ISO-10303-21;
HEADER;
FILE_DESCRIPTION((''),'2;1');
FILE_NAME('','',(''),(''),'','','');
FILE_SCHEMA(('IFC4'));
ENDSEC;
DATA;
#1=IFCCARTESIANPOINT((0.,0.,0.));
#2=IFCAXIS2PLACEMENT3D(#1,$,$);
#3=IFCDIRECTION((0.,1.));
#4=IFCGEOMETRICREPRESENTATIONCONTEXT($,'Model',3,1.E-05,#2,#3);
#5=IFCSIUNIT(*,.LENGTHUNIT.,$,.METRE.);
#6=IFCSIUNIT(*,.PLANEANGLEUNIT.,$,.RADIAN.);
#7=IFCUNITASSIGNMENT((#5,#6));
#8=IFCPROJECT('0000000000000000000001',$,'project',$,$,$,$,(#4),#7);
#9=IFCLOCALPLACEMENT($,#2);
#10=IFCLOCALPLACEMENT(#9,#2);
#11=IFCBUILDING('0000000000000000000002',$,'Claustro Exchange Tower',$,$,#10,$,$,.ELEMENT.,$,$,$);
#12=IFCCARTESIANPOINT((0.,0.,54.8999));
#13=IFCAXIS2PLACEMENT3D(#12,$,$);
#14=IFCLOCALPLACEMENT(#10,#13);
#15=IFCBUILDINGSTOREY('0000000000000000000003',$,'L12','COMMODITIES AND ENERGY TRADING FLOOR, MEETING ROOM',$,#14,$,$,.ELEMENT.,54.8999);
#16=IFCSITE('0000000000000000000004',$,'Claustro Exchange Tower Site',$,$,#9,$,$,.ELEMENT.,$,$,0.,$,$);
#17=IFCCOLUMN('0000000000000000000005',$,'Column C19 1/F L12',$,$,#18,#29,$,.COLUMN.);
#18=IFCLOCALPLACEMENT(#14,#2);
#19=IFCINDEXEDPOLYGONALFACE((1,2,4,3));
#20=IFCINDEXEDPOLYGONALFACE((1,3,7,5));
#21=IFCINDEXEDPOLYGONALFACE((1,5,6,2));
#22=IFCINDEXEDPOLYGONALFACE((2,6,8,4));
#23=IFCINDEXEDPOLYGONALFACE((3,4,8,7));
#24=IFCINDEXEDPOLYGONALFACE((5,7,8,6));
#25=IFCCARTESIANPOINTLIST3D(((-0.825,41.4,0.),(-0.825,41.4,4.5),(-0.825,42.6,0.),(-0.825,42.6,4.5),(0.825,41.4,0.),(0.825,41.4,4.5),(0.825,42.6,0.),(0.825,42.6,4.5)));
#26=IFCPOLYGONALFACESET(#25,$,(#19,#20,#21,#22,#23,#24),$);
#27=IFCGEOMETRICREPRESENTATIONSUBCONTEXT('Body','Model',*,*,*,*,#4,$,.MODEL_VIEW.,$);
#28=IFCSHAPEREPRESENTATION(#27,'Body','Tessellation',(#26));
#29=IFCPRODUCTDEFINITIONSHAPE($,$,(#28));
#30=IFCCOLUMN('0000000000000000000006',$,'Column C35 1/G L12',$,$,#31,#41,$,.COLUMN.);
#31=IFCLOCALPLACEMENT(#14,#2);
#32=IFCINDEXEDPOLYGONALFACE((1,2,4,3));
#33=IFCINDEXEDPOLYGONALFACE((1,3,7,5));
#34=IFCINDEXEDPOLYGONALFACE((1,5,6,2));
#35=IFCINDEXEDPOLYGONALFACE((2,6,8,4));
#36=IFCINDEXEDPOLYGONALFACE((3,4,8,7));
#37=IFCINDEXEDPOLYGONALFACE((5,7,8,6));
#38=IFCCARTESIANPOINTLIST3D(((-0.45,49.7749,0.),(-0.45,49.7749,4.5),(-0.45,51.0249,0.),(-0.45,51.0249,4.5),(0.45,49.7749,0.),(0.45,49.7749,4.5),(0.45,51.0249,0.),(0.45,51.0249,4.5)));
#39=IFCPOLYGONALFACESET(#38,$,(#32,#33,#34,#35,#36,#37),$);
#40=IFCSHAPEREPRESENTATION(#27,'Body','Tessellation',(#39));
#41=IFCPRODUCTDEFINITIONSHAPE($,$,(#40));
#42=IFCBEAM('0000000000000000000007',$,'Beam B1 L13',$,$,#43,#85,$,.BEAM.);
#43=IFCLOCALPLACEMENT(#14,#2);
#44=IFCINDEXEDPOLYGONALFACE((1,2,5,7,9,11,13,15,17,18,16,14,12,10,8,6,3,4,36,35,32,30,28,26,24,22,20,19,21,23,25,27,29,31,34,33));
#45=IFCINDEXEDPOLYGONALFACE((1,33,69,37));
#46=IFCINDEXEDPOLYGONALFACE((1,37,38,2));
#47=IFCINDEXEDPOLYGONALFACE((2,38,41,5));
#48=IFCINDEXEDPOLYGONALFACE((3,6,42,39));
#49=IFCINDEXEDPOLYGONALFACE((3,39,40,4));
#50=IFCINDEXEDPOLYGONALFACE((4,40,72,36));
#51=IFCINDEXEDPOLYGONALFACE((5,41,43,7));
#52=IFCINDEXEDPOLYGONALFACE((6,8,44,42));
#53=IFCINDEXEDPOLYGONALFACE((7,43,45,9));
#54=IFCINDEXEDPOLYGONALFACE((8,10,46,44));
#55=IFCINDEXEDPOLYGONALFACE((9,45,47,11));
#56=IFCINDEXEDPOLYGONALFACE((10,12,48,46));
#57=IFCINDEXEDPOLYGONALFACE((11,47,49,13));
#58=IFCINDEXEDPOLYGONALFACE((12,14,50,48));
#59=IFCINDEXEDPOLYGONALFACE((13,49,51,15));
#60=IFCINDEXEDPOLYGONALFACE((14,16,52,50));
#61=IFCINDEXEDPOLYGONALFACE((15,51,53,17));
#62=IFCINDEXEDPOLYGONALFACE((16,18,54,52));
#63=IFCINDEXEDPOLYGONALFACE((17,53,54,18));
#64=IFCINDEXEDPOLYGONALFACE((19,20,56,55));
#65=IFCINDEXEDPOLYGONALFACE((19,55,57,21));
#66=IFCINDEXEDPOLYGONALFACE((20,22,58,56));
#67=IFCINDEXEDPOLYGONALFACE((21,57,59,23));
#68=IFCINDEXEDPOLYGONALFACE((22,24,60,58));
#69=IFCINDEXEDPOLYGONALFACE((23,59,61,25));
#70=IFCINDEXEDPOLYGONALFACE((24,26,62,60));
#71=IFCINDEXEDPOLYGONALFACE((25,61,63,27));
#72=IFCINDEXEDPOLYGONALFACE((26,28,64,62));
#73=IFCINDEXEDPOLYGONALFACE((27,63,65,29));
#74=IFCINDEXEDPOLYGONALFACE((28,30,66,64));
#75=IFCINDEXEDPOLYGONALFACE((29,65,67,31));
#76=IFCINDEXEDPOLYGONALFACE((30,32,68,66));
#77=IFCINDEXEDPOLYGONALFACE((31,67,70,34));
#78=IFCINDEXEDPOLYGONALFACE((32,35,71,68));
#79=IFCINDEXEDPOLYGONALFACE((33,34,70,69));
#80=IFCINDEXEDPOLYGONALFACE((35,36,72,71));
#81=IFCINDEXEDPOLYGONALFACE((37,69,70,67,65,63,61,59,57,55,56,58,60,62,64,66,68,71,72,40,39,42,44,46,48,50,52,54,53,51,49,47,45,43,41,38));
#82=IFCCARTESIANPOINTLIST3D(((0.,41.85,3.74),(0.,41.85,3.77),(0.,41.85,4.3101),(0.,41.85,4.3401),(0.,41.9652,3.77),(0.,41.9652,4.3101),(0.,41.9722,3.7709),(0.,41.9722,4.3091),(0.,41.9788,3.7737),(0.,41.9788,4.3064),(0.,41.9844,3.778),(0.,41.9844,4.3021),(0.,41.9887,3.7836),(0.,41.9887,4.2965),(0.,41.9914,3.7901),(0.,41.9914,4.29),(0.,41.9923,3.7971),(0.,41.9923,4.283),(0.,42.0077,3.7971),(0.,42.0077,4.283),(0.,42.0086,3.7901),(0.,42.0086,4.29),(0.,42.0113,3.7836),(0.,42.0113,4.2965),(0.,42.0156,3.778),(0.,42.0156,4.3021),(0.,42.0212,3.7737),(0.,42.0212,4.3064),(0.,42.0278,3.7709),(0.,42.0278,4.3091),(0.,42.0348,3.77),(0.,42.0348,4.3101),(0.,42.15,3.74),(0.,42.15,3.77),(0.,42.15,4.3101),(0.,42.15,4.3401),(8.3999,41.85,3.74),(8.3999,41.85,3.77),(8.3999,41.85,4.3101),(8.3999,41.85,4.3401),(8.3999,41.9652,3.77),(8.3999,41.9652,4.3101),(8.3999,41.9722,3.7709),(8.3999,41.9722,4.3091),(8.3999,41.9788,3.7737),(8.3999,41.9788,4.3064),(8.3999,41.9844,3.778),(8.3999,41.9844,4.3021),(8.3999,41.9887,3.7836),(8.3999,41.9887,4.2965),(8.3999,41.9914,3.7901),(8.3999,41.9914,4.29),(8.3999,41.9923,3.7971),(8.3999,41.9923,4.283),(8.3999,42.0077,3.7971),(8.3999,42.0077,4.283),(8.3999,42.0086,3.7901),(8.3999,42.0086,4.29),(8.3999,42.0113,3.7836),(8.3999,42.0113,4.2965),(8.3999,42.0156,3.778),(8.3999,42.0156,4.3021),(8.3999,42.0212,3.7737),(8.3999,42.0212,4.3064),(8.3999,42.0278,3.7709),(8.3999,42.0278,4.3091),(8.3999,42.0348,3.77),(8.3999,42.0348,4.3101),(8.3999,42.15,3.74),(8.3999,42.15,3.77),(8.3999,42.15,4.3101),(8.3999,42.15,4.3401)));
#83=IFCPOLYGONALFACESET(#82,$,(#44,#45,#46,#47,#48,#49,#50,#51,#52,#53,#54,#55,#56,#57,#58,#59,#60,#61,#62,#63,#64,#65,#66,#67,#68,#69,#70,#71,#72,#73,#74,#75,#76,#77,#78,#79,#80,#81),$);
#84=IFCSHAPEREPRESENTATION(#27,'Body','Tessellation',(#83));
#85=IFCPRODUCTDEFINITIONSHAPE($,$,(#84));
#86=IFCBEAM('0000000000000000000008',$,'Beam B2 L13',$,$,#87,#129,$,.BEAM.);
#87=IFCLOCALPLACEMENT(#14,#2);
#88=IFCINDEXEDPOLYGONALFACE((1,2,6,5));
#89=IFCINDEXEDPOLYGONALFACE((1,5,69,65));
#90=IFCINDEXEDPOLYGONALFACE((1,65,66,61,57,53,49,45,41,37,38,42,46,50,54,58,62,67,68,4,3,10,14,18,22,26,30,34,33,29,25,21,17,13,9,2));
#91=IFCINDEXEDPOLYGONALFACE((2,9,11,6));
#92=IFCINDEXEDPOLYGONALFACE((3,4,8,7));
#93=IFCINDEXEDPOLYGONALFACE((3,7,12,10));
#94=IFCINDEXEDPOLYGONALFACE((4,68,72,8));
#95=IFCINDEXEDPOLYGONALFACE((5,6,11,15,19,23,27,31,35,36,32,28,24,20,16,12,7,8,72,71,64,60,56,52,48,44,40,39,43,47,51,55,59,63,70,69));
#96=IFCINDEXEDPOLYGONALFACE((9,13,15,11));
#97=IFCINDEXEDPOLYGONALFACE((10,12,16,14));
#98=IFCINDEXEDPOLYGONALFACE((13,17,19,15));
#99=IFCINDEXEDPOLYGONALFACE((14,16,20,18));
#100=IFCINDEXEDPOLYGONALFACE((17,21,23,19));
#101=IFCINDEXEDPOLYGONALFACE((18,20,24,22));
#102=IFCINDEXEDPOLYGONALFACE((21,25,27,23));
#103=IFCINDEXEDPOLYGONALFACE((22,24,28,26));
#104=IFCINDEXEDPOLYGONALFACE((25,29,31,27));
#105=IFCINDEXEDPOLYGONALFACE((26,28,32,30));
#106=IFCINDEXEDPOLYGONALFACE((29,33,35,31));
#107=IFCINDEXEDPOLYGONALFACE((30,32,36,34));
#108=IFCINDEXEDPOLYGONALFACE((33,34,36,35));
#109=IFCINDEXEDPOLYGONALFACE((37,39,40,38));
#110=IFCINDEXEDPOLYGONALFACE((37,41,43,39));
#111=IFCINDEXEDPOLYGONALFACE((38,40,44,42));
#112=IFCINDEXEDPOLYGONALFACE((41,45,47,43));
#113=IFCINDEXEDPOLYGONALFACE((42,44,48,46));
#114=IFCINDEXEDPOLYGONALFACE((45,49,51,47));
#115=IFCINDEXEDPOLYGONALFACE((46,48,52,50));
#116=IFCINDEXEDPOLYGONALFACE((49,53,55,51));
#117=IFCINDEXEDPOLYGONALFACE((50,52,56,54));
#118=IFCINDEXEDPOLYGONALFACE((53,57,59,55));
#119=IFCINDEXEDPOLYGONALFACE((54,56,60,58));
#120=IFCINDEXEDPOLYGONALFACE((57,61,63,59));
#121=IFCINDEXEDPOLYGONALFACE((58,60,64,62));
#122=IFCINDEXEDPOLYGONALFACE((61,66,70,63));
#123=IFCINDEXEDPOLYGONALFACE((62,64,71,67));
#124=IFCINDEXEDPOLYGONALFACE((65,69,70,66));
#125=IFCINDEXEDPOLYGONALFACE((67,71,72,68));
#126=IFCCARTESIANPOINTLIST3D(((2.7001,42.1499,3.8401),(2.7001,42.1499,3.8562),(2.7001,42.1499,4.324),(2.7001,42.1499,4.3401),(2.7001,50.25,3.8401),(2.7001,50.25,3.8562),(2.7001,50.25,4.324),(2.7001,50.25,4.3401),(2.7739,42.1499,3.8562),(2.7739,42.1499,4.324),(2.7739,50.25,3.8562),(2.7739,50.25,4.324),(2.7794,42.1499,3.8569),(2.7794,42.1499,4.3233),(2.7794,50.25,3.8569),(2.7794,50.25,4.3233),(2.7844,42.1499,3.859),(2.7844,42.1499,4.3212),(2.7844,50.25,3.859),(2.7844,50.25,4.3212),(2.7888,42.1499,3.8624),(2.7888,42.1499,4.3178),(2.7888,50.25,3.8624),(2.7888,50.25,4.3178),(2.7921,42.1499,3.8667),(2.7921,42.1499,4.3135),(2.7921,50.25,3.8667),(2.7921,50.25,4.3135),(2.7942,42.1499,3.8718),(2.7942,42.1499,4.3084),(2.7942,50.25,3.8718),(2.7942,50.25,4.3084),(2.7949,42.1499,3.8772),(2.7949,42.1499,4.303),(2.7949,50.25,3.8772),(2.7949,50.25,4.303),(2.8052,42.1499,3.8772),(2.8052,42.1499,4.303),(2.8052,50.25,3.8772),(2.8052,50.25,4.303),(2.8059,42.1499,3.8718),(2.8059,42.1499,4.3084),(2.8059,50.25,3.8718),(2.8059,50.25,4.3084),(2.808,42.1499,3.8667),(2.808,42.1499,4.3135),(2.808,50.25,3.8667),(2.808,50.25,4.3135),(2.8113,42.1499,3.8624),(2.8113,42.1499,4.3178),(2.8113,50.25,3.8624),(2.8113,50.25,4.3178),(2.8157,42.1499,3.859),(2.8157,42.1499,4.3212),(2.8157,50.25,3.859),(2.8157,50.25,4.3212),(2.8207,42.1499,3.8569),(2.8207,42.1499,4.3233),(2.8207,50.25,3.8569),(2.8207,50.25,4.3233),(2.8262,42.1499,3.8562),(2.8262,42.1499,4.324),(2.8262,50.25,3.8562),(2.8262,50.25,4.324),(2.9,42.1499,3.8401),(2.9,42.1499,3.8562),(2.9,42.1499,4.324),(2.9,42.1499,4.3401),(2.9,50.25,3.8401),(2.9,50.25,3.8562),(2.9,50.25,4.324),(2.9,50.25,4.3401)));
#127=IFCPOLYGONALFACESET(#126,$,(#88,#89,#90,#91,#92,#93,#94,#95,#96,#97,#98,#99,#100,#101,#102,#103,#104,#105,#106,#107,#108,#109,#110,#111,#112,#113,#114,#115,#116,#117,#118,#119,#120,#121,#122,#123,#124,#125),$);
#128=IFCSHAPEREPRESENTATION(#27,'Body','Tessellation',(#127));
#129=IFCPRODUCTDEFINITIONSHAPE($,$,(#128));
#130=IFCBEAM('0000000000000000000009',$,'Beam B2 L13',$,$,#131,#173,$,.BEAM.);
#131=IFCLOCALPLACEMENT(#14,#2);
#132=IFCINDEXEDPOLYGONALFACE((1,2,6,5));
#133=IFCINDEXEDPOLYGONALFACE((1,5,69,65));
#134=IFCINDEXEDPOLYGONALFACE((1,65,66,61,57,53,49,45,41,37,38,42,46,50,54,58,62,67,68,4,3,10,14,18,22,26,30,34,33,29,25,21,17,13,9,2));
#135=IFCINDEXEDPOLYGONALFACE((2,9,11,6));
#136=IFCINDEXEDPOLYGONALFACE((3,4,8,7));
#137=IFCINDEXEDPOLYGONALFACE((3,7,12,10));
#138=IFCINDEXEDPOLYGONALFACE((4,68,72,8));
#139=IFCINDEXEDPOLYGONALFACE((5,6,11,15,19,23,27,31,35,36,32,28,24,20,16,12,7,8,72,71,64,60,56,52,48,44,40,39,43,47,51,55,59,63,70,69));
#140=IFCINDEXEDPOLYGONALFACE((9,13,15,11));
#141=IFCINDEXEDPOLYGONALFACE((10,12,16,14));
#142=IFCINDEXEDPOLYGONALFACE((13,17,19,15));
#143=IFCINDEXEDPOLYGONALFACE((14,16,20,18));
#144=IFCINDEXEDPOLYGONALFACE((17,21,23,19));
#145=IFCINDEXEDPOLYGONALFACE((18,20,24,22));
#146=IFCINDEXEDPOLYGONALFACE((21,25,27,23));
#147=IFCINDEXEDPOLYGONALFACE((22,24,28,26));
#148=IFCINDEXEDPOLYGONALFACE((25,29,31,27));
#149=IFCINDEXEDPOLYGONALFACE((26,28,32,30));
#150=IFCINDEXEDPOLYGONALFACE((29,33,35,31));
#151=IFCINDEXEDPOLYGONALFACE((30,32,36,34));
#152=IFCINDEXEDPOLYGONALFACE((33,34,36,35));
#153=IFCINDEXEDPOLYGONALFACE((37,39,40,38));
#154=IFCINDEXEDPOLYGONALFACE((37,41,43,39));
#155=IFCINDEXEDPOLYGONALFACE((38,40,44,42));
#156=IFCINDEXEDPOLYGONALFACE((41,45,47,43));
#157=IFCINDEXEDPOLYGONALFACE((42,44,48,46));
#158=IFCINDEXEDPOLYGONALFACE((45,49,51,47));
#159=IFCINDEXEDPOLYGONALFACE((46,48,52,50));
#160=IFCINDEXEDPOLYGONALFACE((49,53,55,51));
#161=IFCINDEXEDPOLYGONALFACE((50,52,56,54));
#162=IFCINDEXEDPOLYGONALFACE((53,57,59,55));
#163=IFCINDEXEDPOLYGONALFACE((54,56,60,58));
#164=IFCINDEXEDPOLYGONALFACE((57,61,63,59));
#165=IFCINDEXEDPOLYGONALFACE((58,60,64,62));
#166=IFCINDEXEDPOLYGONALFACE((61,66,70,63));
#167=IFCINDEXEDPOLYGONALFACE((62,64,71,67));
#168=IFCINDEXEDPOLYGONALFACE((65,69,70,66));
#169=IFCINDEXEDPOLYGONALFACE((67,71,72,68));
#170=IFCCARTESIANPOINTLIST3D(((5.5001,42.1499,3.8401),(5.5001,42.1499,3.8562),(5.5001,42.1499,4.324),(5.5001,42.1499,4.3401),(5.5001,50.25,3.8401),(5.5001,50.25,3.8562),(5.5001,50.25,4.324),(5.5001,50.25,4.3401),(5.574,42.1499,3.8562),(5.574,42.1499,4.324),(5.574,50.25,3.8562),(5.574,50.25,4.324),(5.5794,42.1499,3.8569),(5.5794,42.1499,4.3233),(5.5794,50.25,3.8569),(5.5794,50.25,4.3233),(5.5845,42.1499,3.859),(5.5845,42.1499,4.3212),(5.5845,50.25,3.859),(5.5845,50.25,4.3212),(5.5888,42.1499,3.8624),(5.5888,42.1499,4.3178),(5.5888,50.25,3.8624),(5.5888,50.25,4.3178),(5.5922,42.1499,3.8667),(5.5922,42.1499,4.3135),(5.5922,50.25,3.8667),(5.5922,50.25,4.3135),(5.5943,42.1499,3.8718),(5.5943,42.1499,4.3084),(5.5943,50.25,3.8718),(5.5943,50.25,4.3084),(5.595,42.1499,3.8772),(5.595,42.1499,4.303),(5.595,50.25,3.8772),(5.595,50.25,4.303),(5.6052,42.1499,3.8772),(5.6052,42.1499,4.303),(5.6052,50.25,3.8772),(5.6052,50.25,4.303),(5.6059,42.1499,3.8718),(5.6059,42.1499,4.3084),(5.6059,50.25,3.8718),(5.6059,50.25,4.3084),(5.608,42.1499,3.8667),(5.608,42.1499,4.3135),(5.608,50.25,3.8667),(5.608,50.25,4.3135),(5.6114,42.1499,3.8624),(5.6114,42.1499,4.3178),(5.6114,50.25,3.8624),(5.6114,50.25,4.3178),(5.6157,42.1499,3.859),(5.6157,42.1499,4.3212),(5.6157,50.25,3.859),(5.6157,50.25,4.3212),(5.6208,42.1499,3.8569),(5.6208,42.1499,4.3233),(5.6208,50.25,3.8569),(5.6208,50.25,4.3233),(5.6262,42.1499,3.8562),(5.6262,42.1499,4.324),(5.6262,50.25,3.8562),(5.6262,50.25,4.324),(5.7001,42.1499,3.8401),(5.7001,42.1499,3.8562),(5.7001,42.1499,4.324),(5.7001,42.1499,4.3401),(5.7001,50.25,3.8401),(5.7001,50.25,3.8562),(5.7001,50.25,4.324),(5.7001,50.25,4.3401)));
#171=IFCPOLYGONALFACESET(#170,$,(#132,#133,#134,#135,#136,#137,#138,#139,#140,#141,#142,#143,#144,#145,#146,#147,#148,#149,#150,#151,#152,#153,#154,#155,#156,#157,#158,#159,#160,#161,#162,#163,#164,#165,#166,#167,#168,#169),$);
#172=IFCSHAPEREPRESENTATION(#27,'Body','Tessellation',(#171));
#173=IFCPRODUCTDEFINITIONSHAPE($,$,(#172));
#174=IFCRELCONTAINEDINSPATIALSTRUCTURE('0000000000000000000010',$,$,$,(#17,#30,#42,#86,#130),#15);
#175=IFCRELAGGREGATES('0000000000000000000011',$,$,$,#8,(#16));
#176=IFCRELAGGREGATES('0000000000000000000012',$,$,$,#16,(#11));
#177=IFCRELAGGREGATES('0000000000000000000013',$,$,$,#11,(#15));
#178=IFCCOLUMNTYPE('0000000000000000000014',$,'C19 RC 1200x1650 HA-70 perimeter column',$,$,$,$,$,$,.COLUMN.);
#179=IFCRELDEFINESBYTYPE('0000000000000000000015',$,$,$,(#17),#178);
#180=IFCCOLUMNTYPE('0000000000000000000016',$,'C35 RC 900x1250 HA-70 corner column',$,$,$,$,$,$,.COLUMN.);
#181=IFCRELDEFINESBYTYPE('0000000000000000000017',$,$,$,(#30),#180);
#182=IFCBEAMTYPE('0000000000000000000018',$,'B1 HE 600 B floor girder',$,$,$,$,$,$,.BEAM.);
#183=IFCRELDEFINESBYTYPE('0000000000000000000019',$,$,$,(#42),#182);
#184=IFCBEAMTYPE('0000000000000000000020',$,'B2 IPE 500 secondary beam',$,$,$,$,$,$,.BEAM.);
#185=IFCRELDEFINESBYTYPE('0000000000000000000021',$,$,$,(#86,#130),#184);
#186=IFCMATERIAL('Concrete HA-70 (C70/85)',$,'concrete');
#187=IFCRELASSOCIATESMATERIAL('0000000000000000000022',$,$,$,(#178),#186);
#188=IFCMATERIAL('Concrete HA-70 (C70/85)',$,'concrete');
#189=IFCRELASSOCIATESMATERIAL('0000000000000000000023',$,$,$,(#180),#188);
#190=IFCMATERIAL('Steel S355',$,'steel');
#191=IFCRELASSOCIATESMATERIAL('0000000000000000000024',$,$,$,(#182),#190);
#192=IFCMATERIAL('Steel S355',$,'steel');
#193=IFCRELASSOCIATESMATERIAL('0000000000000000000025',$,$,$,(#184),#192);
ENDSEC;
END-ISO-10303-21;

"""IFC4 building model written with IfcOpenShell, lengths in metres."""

from ifc_helpers import new_model, si_unit, direction, frame, origin, origin_2d, place, context, subcontext, project, spatial, rectangle, i_section, extrude, material, material_profile, profile_set, type_object, element, save


model = new_model("IFC4")

# Units and contexts
model_context = context("Model", 3, precision=1e-05, world=origin(), true_north=direction((0.0, 1.0)))
body_context = subcontext(model_context, "Body", "Model", "MODEL_VIEW")
ifc_project = project(units=[si_unit("LENGTHUNIT", "METRE"), si_unit("PLANEANGLEUNIT", "RADIAN")], contexts=[model_context])

# Site, building, storey
site_placement = place(None, origin())
site = spatial("IfcSite", under=ifc_project, at=site_placement, Name="Claustro Exchange Tower Site", CompositionType="ELEMENT", RefElevation=0.0)
building_placement = place(site_placement, origin())
building = spatial("IfcBuilding", under=site, at=building_placement, Name="Claustro Exchange Tower", CompositionType="ELEMENT")
storey_placement = place(building_placement, frame((0.0, 0.0, 54.8999)))
storey = spatial("IfcBuildingStorey", under=building, at=storey_placement, Name="L12", Description="COMMODITIES AND ENERGY TRADING FLOOR, MEETING ROOM", CompositionType="ELEMENT", Elevation=54.8999)

# Columns
ifc_material_1 = material(Name="Concrete HA-70 (C70/85)", Category="concrete")
ifc_material_profile_1 = material_profile(ifc_material_1, rectangle(XDim=1.2, YDim=1.6499, at=origin_2d()), Name="RC 1200x1650")
ifc_profile_set_1 = profile_set([ifc_material_profile_1], Name="Concrete HA-70 (C70/85)")
column_type_1 = type_object("IfcColumnType", Name="C19 RC 1200x1650 HA-70 perimeter column", PredefinedType="COLUMN", material=ifc_profile_set_1)
column_1_placement = place(storey_placement, frame((0.0, 42.0, 0.0), z_axis=(0.0, 0.0, 1.0), x_axis=(0.0, 1.0, 0.0)))
element("IfcColumn", 1, at=column_1_placement, inside=storey, type_object=column_type_1, Name="Column C19 1/F L12", PredefinedType="COLUMN", context=body_context, shape_type="SweptSolid", body=[
    extrude(rectangle(XDim=1.2, YDim=1.6499, at=origin_2d()), origin(), (0.0, 0.0, 1.0), 4.5),
])
ifc_material_2 = material(Name="Concrete HA-70 (C70/85)", Category="concrete")
ifc_material_profile_2 = material_profile(ifc_material_2, rectangle(XDim=0.8999, YDim=1.25, at=origin_2d()), Name="RC 900x1250")
ifc_profile_set_2 = profile_set([ifc_material_profile_2], Name="Concrete HA-70 (C70/85)")
column_type_2 = type_object("IfcColumnType", Name="C35 RC 900x1250 HA-70 corner column", PredefinedType="COLUMN", material=ifc_profile_set_2)
column_2_placement = place(storey_placement, frame((0.0, 50.3999, 0.0), z_axis=(0.0, 0.0, 1.0), x_axis=(1.0, 0.0, 0.0)))
element("IfcColumn", 2, at=column_2_placement, inside=storey, type_object=column_type_2, Name="Column C35 1/G L12", PredefinedType="COLUMN", context=body_context, shape_type="SweptSolid", body=[
    extrude(rectangle(XDim=0.8999, YDim=1.25, at=origin_2d()), origin(), (0.0, 0.0, 1.0), 4.5),
])

# Beams
ifc_material_3 = material(Name="Steel S355", Category="steel")
ifc_material_profile_3 = material_profile(ifc_material_3, i_section(OverallWidth=0.3, OverallDepth=0.6001, WebThickness=0.0154, FlangeThickness=0.03, FilletRadius=0.0271, at=origin_2d()), Name="HE 600 B")
ifc_profile_set_3 = profile_set([ifc_material_profile_3], Name="Steel S355")
beam_type_1 = type_object("IfcBeamType", Name="B1 HE 600 B floor girder", PredefinedType="BEAM", material=ifc_profile_set_3)
beam_placement = place(storey_placement, frame((0.0, 42.0, 4.04), z_axis=(1.0, 0.0, 0.0), x_axis=(0.0, 1.0, 0.0)))
element("IfcBeam", 3, at=beam_placement, inside=storey, type_object=beam_type_1, Name="Beam B1 L13", PredefinedType="BEAM", context=body_context, shape_type="SweptSolid", body=[
    extrude(i_section(OverallWidth=0.3, OverallDepth=0.6001, WebThickness=0.0154, FlangeThickness=0.03, FilletRadius=0.0271, at=origin_2d()), origin(), (0.0, 0.0, 1.0), 8.3999),
])
ifc_material_4 = material(Name="Steel S355", Category="steel")
ifc_material_profile_4 = material_profile(ifc_material_4, i_section(OverallWidth=0.2, OverallDepth=0.5, WebThickness=0.0103, FlangeThickness=0.0161, FilletRadius=0.021, at=origin_2d()), Name="IPE 500")
ifc_profile_set_4 = profile_set([ifc_material_profile_4], Name="Steel S355")
beam_type_2 = type_object("IfcBeamType", Name="B2 IPE 500 secondary beam", PredefinedType="BEAM", material=ifc_profile_set_4)
for number, where, z_axis, x_axis, name in (
    (4, (2.8, 42.1499, 4.0901), (0.0, 1.0, 0.0), (-1.0, 0.0, 0.0), "Beam B2 L13"),
    (5, (5.6001, 42.1499, 4.0901), (0.0, 1.0, 0.0), (-1.0, 0.0, 0.0), "Beam B2 L13"),
):
    element("IfcBeam", number, at=place(storey_placement, frame(where, z_axis=z_axis, x_axis=x_axis)), inside=storey, type_object=beam_type_2, Name=name, PredefinedType="BEAM", context=body_context, shape_type="SweptSolid", body=[
        extrude(i_section(OverallWidth=0.2, OverallDepth=0.5, WebThickness=0.0103, FlangeThickness=0.0161, FilletRadius=0.021, at=origin_2d()), origin(), (0.0, 0.0, 1.0), 8.1001),
    ])

save(model, "model.ifc")
